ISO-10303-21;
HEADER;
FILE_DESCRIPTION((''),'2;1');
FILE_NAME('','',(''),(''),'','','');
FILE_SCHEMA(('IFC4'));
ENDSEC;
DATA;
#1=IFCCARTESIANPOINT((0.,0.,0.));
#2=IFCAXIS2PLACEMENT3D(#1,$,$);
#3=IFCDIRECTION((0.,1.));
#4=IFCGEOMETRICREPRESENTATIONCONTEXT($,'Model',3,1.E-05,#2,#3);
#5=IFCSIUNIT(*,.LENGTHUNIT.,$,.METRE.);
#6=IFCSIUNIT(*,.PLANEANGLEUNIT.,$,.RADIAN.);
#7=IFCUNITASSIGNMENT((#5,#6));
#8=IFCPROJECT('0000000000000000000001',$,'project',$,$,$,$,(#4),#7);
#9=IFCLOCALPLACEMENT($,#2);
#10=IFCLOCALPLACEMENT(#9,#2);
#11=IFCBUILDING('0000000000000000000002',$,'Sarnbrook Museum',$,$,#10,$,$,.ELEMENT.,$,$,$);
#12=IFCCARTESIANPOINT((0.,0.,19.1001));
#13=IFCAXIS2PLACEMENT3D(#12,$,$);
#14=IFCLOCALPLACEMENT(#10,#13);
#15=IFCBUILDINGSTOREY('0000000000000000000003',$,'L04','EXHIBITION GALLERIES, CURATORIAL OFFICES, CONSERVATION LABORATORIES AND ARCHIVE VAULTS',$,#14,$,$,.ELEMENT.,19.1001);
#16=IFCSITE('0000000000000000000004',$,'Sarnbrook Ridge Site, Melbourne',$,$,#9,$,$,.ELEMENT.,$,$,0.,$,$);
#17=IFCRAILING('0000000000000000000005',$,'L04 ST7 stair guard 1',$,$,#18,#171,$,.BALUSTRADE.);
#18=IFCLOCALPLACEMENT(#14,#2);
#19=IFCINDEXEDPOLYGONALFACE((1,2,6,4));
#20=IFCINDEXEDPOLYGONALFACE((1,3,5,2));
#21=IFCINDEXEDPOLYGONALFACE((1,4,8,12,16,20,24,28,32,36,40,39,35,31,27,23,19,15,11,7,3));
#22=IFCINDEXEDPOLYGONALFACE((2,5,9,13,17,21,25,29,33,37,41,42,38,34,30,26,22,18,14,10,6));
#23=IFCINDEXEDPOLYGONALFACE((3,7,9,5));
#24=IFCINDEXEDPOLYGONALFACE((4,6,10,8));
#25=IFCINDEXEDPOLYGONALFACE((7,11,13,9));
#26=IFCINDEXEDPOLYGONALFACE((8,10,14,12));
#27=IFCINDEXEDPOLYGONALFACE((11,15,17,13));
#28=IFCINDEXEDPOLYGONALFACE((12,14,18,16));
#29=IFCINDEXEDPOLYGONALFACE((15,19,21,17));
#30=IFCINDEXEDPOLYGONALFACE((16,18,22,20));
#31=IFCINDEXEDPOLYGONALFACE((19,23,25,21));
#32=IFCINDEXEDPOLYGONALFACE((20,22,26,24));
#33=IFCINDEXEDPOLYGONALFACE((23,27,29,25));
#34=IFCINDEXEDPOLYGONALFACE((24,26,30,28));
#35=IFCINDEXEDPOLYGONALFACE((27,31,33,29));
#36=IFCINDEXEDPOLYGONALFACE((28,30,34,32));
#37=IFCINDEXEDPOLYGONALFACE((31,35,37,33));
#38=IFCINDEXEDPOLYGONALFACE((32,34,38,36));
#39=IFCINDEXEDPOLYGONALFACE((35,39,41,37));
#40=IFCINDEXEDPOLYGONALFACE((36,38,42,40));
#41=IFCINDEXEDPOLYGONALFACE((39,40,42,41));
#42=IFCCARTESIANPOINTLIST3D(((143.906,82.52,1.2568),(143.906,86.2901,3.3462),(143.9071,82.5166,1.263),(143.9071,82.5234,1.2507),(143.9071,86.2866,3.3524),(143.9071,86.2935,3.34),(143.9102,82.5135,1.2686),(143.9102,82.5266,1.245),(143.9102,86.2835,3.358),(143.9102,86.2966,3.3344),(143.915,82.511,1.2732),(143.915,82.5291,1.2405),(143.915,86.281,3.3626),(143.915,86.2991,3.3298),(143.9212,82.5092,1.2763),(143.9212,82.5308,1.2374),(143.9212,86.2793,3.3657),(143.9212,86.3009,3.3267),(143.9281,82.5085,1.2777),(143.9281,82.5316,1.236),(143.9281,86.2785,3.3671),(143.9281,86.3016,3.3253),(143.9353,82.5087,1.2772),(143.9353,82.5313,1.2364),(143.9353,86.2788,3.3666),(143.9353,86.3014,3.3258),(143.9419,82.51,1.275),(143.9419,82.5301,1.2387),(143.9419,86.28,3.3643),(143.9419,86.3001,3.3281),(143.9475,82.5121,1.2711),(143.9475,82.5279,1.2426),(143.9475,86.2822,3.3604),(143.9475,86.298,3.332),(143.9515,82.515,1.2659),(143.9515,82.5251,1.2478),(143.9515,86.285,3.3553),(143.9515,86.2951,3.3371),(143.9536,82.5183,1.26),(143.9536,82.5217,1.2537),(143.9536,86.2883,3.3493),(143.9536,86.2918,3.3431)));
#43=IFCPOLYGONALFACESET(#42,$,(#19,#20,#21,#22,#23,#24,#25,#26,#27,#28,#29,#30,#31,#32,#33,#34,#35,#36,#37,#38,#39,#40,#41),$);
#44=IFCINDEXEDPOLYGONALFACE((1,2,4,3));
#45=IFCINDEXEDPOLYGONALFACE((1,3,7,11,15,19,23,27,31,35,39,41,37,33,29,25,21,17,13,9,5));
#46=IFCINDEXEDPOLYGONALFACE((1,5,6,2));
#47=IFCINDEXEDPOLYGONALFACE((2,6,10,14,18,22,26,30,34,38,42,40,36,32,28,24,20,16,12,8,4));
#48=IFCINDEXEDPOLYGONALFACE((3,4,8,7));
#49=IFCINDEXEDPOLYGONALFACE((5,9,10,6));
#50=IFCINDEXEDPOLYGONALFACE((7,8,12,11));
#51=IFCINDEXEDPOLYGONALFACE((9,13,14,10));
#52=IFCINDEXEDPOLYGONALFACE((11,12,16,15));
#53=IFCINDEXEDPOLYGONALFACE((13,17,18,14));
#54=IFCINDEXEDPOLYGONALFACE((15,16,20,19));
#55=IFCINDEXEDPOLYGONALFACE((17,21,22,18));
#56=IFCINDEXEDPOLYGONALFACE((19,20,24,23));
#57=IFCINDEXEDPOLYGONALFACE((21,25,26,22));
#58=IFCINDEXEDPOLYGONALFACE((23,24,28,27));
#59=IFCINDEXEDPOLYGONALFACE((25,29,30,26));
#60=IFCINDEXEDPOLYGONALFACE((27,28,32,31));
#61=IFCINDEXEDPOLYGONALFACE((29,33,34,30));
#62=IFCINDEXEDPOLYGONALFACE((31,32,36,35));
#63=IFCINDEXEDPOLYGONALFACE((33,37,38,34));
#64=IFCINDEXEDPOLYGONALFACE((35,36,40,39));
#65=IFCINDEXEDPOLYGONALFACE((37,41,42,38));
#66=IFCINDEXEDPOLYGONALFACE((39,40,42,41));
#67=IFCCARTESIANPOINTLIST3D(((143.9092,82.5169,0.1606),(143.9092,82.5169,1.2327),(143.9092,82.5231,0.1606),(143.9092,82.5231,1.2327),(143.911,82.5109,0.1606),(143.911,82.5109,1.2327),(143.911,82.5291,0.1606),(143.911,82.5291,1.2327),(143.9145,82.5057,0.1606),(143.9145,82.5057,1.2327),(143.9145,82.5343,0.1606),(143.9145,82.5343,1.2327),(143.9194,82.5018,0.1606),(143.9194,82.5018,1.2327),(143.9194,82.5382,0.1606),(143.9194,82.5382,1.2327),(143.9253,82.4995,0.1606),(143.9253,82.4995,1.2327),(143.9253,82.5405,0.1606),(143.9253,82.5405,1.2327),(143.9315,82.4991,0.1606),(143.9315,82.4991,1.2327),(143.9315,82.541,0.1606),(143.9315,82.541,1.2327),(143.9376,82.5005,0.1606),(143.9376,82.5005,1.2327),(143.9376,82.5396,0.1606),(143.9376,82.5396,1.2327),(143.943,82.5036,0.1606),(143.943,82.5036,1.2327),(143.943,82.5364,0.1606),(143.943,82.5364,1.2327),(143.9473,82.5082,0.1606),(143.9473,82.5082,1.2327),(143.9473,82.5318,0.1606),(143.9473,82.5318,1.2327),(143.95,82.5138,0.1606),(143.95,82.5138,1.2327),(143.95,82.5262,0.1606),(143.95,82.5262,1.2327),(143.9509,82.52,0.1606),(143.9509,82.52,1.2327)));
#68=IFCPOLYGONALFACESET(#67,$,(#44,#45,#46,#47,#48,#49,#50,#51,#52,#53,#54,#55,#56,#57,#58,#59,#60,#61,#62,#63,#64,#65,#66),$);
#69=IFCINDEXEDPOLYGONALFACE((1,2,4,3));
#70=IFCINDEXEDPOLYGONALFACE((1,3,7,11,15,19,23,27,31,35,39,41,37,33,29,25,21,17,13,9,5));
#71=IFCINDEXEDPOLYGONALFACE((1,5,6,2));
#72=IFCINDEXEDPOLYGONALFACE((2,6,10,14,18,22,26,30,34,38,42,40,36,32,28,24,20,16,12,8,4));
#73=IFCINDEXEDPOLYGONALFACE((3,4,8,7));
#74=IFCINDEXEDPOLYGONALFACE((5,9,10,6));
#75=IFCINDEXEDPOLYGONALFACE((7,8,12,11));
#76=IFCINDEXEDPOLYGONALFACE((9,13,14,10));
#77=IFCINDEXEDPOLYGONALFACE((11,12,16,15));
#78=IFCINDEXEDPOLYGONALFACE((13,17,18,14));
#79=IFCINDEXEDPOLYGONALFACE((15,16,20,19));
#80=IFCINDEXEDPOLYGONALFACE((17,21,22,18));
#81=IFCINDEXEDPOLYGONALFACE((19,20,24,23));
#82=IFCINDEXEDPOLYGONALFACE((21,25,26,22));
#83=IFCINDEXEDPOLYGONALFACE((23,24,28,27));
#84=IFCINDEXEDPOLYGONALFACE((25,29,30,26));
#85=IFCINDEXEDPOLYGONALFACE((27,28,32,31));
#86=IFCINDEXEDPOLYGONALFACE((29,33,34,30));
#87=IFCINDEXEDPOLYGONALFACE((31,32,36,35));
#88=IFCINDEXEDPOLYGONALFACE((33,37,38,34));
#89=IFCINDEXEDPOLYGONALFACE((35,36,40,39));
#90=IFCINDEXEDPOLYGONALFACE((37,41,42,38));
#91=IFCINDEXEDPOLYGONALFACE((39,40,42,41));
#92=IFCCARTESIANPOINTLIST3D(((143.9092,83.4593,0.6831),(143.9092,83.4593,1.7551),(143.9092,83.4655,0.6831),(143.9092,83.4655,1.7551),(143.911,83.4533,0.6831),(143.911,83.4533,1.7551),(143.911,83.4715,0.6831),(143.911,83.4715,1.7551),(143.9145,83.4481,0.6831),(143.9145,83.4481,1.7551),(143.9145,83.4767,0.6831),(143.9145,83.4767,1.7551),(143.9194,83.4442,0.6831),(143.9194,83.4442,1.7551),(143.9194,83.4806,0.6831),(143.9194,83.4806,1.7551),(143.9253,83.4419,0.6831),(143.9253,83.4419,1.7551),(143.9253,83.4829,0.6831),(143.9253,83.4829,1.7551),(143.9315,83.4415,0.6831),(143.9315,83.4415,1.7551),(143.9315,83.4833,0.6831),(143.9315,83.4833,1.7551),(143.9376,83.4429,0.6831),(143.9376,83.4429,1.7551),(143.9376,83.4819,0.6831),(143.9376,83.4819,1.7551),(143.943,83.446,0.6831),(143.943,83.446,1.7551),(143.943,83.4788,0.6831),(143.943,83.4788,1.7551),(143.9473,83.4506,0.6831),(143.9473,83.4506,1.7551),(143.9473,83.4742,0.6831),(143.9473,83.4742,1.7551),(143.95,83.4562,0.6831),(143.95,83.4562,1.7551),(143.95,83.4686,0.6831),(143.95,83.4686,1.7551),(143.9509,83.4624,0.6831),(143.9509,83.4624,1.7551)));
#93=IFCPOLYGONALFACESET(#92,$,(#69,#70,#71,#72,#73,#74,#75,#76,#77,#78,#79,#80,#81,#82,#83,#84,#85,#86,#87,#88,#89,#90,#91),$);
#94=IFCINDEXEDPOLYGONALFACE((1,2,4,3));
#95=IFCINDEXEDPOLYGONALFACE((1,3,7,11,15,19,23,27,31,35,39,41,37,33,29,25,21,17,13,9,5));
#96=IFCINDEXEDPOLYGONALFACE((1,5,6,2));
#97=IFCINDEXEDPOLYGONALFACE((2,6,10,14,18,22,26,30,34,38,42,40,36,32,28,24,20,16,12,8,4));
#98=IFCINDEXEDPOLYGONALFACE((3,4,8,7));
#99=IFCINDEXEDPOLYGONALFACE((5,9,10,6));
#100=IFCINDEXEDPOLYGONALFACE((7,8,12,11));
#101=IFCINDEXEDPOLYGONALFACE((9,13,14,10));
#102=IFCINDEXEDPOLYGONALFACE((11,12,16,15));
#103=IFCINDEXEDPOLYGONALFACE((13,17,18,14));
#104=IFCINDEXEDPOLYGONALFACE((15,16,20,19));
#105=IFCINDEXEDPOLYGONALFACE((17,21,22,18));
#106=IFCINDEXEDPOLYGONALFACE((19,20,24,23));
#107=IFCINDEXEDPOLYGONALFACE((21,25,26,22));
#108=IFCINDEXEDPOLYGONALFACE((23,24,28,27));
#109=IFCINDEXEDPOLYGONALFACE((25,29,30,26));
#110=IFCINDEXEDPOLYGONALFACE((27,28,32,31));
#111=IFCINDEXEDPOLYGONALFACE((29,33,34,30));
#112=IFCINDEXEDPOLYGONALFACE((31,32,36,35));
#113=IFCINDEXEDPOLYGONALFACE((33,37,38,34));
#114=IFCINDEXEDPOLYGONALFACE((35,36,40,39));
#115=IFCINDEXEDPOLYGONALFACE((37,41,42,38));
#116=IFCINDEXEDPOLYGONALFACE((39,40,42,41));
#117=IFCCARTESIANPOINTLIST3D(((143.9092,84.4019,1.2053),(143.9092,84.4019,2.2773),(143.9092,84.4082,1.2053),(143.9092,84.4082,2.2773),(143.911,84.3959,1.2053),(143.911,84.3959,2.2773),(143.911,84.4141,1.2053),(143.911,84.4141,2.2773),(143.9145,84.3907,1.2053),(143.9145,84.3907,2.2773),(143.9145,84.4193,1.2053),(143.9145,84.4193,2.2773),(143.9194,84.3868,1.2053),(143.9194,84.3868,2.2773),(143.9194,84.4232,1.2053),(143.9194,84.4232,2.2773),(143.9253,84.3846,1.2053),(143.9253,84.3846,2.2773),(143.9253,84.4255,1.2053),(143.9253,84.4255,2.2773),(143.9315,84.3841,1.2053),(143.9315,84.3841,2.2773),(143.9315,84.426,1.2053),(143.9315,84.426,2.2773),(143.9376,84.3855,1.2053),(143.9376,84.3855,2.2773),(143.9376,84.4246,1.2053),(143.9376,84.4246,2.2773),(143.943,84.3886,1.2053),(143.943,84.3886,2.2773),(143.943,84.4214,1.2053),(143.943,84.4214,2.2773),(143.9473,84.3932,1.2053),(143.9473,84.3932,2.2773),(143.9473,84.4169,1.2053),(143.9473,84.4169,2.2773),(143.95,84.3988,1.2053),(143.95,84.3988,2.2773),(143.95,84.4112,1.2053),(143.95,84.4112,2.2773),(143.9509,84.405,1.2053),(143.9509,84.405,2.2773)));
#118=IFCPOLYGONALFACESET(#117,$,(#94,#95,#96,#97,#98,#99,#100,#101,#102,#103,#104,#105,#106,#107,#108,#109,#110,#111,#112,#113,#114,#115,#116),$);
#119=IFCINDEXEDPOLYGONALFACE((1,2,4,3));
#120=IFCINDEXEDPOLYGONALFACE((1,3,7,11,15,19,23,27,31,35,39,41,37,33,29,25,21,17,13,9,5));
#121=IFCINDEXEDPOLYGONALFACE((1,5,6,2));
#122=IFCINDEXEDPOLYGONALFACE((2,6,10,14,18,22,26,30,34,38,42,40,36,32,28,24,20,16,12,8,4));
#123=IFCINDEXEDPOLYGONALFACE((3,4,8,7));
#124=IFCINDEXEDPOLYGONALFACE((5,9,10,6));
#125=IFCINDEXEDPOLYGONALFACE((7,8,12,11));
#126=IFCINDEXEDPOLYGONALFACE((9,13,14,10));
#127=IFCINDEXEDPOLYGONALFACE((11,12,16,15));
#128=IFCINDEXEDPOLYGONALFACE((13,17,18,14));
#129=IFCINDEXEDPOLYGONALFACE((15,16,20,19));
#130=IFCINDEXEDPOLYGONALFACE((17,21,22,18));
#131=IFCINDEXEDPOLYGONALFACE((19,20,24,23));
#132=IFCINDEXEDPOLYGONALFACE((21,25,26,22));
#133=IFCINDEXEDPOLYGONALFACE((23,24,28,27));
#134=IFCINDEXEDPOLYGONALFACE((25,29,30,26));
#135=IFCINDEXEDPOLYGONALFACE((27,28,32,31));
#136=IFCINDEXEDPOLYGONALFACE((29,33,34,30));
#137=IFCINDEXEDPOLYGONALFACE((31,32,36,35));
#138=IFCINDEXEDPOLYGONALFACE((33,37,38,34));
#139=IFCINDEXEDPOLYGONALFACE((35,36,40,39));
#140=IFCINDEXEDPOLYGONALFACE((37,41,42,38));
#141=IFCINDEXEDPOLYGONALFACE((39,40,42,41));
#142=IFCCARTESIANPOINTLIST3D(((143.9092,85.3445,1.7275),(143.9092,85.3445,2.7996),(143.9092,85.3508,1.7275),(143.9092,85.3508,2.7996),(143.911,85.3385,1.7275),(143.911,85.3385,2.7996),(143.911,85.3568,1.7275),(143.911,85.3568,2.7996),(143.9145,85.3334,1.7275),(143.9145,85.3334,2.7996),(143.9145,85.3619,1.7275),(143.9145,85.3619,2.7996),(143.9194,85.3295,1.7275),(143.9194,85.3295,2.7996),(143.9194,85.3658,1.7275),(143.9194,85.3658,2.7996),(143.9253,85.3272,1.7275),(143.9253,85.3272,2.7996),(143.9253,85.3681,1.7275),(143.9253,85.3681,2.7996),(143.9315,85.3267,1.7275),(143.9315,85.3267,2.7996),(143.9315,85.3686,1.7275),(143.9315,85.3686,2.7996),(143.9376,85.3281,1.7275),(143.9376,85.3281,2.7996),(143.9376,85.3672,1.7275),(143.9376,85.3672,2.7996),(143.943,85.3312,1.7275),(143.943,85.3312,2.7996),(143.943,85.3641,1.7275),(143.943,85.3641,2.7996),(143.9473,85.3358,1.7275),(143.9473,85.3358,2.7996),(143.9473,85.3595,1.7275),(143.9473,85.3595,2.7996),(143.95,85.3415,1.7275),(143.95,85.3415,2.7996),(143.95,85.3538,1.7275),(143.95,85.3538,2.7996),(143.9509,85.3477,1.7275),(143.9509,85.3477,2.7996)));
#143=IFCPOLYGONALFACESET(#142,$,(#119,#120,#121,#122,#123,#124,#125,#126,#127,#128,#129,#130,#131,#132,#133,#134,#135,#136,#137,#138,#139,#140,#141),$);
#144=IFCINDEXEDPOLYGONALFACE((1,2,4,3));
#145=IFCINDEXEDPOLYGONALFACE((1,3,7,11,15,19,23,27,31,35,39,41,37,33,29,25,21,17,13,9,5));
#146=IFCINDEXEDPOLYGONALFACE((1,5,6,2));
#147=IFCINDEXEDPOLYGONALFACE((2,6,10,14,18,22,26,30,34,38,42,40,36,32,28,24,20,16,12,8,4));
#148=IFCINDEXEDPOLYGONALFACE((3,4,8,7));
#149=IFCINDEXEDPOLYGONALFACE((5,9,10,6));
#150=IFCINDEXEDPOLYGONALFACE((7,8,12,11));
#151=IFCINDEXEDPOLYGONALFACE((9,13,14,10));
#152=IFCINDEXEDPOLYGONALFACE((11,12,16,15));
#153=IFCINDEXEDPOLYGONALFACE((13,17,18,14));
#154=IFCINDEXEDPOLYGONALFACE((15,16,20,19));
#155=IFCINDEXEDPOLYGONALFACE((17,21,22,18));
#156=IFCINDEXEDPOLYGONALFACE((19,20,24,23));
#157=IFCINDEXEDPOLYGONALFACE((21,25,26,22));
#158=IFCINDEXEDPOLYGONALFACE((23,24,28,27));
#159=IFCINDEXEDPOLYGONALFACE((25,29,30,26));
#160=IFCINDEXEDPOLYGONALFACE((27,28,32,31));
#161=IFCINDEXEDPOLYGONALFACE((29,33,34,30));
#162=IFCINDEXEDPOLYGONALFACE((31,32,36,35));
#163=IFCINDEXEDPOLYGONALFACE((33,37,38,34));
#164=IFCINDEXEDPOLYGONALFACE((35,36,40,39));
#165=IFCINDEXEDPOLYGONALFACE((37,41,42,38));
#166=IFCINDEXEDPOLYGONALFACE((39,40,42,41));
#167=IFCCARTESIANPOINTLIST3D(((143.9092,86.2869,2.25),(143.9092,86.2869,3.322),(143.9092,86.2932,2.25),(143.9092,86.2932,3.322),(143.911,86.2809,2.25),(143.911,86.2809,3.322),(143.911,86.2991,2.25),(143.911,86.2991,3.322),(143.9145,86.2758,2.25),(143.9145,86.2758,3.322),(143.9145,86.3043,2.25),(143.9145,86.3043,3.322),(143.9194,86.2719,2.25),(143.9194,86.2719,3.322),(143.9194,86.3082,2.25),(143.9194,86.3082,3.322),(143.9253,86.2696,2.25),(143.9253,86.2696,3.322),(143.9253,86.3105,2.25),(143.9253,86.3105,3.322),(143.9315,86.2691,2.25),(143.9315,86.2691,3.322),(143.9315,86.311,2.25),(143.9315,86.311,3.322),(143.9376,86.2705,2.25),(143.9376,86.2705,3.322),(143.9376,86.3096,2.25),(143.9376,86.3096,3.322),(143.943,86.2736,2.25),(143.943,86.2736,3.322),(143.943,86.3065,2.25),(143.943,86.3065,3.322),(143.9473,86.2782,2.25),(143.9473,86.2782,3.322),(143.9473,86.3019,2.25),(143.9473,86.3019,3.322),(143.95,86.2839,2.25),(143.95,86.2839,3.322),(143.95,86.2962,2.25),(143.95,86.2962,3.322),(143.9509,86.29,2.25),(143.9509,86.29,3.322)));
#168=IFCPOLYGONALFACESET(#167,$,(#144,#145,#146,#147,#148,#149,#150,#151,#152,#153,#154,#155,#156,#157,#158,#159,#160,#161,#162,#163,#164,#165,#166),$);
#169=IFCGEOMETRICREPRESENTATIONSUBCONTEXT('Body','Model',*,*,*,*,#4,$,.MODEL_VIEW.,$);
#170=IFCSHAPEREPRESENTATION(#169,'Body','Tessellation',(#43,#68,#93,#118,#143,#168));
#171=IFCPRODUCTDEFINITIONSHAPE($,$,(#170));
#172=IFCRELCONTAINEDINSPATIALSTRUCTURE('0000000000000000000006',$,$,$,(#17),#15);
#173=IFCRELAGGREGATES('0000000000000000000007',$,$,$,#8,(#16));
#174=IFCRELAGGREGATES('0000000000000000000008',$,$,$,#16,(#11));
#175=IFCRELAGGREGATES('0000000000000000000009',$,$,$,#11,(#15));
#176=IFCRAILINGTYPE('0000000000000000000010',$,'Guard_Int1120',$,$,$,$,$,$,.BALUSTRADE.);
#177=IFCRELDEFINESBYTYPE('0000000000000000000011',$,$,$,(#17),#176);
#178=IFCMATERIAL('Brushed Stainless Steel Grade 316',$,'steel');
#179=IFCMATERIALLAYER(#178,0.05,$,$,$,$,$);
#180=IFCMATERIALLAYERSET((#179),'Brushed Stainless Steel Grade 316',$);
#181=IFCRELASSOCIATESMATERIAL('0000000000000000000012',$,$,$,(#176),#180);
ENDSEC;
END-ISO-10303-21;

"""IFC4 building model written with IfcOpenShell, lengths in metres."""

from ifc_helpers import new_model, si_unit, direction, frame, origin, origin_2d, place, context, subcontext, project, spatial, circle, extrude, material, layer, layer_set, type_object, element, save


model = new_model("IFC4")

# Units and contexts
model_context = context("Model", 3, precision=1e-05, world=origin(), true_north=direction((0.0, 1.0)))
body_context = subcontext(model_context, "Body", "Model", "MODEL_VIEW")
ifc_project = project(units=[si_unit("LENGTHUNIT", "METRE"), si_unit("PLANEANGLEUNIT", "RADIAN")], contexts=[model_context])

# Site, building, storey
site_placement = place(None, origin())
site = spatial("IfcSite", under=ifc_project, at=site_placement, Name="Sarnbrook Ridge Site, Melbourne", CompositionType="ELEMENT", RefElevation=0.0)
building_placement = place(site_placement, origin())
building = spatial("IfcBuilding", under=site, at=building_placement, Name="Sarnbrook Museum", CompositionType="ELEMENT")
storey_placement = place(building_placement, frame((0.0, 0.0, 19.1001)))
storey = spatial("IfcBuildingStorey", under=building, at=storey_placement, Name="L04", Description="EXHIBITION GALLERIES, CURATORIAL OFFICES, CONSERVATION LABORATORIES AND ARCHIVE VAULTS", CompositionType="ELEMENT", Elevation=19.1001)

# Railing
ifc_material_1 = material(Name="Brushed Stainless Steel Grade 316", Category="steel")
ifc_layer_1 = layer(ifc_material_1, 0.05)
ifc_layer_set_1 = layer_set([ifc_layer_1], Name="Brushed Stainless Steel Grade 316")
railing_type_1 = type_object("IfcRailingType", Name="Guard_Int1120", PredefinedType="BALUSTRADE", material=ifc_layer_set_1)
railing_1_placement = place(storey_placement, frame((143.9299, 82.52, 0.1606)))
element("IfcRailing", 1, at=railing_1_placement, inside=storey, type_object=railing_type_1, Name="L04 ST7 stair guard 1", PredefinedType="BALUSTRADE", context=body_context, shape_type="SweptSolid", body=[
    extrude(circle(Radius=0.0239, at=origin_2d()), frame((0.0, 0.0, 1.0962), z_axis=(0.0, 0.874659, 0.484739), x_axis=(-1.0, 0.0, 0.0)), (0.0, 0.0, 1.0), 4.3103),
    extrude(circle(Radius=0.021, at=origin_2d()), origin(), (0.0, 0.0, 1.0), 1.072),
    extrude(circle(Radius=0.021, at=origin_2d()), frame((0.0, 0.9424, 0.5225)), (0.0, 0.0, 1.0), 1.072),
    extrude(circle(Radius=0.021, at=origin_2d()), frame((0.0, 1.885, 1.0447)), (0.0, 0.0, 1.0), 1.072),
    extrude(circle(Radius=0.021, at=origin_2d()), frame((0.0, 2.8276, 1.5669)), (0.0, 0.0, 1.0), 1.072),
    extrude(circle(Radius=0.021, at=origin_2d()), frame((0.0, 3.77, 2.0894)), (0.0, 0.0, 1.0), 1.072),
])

save(model, "model.ifc")
